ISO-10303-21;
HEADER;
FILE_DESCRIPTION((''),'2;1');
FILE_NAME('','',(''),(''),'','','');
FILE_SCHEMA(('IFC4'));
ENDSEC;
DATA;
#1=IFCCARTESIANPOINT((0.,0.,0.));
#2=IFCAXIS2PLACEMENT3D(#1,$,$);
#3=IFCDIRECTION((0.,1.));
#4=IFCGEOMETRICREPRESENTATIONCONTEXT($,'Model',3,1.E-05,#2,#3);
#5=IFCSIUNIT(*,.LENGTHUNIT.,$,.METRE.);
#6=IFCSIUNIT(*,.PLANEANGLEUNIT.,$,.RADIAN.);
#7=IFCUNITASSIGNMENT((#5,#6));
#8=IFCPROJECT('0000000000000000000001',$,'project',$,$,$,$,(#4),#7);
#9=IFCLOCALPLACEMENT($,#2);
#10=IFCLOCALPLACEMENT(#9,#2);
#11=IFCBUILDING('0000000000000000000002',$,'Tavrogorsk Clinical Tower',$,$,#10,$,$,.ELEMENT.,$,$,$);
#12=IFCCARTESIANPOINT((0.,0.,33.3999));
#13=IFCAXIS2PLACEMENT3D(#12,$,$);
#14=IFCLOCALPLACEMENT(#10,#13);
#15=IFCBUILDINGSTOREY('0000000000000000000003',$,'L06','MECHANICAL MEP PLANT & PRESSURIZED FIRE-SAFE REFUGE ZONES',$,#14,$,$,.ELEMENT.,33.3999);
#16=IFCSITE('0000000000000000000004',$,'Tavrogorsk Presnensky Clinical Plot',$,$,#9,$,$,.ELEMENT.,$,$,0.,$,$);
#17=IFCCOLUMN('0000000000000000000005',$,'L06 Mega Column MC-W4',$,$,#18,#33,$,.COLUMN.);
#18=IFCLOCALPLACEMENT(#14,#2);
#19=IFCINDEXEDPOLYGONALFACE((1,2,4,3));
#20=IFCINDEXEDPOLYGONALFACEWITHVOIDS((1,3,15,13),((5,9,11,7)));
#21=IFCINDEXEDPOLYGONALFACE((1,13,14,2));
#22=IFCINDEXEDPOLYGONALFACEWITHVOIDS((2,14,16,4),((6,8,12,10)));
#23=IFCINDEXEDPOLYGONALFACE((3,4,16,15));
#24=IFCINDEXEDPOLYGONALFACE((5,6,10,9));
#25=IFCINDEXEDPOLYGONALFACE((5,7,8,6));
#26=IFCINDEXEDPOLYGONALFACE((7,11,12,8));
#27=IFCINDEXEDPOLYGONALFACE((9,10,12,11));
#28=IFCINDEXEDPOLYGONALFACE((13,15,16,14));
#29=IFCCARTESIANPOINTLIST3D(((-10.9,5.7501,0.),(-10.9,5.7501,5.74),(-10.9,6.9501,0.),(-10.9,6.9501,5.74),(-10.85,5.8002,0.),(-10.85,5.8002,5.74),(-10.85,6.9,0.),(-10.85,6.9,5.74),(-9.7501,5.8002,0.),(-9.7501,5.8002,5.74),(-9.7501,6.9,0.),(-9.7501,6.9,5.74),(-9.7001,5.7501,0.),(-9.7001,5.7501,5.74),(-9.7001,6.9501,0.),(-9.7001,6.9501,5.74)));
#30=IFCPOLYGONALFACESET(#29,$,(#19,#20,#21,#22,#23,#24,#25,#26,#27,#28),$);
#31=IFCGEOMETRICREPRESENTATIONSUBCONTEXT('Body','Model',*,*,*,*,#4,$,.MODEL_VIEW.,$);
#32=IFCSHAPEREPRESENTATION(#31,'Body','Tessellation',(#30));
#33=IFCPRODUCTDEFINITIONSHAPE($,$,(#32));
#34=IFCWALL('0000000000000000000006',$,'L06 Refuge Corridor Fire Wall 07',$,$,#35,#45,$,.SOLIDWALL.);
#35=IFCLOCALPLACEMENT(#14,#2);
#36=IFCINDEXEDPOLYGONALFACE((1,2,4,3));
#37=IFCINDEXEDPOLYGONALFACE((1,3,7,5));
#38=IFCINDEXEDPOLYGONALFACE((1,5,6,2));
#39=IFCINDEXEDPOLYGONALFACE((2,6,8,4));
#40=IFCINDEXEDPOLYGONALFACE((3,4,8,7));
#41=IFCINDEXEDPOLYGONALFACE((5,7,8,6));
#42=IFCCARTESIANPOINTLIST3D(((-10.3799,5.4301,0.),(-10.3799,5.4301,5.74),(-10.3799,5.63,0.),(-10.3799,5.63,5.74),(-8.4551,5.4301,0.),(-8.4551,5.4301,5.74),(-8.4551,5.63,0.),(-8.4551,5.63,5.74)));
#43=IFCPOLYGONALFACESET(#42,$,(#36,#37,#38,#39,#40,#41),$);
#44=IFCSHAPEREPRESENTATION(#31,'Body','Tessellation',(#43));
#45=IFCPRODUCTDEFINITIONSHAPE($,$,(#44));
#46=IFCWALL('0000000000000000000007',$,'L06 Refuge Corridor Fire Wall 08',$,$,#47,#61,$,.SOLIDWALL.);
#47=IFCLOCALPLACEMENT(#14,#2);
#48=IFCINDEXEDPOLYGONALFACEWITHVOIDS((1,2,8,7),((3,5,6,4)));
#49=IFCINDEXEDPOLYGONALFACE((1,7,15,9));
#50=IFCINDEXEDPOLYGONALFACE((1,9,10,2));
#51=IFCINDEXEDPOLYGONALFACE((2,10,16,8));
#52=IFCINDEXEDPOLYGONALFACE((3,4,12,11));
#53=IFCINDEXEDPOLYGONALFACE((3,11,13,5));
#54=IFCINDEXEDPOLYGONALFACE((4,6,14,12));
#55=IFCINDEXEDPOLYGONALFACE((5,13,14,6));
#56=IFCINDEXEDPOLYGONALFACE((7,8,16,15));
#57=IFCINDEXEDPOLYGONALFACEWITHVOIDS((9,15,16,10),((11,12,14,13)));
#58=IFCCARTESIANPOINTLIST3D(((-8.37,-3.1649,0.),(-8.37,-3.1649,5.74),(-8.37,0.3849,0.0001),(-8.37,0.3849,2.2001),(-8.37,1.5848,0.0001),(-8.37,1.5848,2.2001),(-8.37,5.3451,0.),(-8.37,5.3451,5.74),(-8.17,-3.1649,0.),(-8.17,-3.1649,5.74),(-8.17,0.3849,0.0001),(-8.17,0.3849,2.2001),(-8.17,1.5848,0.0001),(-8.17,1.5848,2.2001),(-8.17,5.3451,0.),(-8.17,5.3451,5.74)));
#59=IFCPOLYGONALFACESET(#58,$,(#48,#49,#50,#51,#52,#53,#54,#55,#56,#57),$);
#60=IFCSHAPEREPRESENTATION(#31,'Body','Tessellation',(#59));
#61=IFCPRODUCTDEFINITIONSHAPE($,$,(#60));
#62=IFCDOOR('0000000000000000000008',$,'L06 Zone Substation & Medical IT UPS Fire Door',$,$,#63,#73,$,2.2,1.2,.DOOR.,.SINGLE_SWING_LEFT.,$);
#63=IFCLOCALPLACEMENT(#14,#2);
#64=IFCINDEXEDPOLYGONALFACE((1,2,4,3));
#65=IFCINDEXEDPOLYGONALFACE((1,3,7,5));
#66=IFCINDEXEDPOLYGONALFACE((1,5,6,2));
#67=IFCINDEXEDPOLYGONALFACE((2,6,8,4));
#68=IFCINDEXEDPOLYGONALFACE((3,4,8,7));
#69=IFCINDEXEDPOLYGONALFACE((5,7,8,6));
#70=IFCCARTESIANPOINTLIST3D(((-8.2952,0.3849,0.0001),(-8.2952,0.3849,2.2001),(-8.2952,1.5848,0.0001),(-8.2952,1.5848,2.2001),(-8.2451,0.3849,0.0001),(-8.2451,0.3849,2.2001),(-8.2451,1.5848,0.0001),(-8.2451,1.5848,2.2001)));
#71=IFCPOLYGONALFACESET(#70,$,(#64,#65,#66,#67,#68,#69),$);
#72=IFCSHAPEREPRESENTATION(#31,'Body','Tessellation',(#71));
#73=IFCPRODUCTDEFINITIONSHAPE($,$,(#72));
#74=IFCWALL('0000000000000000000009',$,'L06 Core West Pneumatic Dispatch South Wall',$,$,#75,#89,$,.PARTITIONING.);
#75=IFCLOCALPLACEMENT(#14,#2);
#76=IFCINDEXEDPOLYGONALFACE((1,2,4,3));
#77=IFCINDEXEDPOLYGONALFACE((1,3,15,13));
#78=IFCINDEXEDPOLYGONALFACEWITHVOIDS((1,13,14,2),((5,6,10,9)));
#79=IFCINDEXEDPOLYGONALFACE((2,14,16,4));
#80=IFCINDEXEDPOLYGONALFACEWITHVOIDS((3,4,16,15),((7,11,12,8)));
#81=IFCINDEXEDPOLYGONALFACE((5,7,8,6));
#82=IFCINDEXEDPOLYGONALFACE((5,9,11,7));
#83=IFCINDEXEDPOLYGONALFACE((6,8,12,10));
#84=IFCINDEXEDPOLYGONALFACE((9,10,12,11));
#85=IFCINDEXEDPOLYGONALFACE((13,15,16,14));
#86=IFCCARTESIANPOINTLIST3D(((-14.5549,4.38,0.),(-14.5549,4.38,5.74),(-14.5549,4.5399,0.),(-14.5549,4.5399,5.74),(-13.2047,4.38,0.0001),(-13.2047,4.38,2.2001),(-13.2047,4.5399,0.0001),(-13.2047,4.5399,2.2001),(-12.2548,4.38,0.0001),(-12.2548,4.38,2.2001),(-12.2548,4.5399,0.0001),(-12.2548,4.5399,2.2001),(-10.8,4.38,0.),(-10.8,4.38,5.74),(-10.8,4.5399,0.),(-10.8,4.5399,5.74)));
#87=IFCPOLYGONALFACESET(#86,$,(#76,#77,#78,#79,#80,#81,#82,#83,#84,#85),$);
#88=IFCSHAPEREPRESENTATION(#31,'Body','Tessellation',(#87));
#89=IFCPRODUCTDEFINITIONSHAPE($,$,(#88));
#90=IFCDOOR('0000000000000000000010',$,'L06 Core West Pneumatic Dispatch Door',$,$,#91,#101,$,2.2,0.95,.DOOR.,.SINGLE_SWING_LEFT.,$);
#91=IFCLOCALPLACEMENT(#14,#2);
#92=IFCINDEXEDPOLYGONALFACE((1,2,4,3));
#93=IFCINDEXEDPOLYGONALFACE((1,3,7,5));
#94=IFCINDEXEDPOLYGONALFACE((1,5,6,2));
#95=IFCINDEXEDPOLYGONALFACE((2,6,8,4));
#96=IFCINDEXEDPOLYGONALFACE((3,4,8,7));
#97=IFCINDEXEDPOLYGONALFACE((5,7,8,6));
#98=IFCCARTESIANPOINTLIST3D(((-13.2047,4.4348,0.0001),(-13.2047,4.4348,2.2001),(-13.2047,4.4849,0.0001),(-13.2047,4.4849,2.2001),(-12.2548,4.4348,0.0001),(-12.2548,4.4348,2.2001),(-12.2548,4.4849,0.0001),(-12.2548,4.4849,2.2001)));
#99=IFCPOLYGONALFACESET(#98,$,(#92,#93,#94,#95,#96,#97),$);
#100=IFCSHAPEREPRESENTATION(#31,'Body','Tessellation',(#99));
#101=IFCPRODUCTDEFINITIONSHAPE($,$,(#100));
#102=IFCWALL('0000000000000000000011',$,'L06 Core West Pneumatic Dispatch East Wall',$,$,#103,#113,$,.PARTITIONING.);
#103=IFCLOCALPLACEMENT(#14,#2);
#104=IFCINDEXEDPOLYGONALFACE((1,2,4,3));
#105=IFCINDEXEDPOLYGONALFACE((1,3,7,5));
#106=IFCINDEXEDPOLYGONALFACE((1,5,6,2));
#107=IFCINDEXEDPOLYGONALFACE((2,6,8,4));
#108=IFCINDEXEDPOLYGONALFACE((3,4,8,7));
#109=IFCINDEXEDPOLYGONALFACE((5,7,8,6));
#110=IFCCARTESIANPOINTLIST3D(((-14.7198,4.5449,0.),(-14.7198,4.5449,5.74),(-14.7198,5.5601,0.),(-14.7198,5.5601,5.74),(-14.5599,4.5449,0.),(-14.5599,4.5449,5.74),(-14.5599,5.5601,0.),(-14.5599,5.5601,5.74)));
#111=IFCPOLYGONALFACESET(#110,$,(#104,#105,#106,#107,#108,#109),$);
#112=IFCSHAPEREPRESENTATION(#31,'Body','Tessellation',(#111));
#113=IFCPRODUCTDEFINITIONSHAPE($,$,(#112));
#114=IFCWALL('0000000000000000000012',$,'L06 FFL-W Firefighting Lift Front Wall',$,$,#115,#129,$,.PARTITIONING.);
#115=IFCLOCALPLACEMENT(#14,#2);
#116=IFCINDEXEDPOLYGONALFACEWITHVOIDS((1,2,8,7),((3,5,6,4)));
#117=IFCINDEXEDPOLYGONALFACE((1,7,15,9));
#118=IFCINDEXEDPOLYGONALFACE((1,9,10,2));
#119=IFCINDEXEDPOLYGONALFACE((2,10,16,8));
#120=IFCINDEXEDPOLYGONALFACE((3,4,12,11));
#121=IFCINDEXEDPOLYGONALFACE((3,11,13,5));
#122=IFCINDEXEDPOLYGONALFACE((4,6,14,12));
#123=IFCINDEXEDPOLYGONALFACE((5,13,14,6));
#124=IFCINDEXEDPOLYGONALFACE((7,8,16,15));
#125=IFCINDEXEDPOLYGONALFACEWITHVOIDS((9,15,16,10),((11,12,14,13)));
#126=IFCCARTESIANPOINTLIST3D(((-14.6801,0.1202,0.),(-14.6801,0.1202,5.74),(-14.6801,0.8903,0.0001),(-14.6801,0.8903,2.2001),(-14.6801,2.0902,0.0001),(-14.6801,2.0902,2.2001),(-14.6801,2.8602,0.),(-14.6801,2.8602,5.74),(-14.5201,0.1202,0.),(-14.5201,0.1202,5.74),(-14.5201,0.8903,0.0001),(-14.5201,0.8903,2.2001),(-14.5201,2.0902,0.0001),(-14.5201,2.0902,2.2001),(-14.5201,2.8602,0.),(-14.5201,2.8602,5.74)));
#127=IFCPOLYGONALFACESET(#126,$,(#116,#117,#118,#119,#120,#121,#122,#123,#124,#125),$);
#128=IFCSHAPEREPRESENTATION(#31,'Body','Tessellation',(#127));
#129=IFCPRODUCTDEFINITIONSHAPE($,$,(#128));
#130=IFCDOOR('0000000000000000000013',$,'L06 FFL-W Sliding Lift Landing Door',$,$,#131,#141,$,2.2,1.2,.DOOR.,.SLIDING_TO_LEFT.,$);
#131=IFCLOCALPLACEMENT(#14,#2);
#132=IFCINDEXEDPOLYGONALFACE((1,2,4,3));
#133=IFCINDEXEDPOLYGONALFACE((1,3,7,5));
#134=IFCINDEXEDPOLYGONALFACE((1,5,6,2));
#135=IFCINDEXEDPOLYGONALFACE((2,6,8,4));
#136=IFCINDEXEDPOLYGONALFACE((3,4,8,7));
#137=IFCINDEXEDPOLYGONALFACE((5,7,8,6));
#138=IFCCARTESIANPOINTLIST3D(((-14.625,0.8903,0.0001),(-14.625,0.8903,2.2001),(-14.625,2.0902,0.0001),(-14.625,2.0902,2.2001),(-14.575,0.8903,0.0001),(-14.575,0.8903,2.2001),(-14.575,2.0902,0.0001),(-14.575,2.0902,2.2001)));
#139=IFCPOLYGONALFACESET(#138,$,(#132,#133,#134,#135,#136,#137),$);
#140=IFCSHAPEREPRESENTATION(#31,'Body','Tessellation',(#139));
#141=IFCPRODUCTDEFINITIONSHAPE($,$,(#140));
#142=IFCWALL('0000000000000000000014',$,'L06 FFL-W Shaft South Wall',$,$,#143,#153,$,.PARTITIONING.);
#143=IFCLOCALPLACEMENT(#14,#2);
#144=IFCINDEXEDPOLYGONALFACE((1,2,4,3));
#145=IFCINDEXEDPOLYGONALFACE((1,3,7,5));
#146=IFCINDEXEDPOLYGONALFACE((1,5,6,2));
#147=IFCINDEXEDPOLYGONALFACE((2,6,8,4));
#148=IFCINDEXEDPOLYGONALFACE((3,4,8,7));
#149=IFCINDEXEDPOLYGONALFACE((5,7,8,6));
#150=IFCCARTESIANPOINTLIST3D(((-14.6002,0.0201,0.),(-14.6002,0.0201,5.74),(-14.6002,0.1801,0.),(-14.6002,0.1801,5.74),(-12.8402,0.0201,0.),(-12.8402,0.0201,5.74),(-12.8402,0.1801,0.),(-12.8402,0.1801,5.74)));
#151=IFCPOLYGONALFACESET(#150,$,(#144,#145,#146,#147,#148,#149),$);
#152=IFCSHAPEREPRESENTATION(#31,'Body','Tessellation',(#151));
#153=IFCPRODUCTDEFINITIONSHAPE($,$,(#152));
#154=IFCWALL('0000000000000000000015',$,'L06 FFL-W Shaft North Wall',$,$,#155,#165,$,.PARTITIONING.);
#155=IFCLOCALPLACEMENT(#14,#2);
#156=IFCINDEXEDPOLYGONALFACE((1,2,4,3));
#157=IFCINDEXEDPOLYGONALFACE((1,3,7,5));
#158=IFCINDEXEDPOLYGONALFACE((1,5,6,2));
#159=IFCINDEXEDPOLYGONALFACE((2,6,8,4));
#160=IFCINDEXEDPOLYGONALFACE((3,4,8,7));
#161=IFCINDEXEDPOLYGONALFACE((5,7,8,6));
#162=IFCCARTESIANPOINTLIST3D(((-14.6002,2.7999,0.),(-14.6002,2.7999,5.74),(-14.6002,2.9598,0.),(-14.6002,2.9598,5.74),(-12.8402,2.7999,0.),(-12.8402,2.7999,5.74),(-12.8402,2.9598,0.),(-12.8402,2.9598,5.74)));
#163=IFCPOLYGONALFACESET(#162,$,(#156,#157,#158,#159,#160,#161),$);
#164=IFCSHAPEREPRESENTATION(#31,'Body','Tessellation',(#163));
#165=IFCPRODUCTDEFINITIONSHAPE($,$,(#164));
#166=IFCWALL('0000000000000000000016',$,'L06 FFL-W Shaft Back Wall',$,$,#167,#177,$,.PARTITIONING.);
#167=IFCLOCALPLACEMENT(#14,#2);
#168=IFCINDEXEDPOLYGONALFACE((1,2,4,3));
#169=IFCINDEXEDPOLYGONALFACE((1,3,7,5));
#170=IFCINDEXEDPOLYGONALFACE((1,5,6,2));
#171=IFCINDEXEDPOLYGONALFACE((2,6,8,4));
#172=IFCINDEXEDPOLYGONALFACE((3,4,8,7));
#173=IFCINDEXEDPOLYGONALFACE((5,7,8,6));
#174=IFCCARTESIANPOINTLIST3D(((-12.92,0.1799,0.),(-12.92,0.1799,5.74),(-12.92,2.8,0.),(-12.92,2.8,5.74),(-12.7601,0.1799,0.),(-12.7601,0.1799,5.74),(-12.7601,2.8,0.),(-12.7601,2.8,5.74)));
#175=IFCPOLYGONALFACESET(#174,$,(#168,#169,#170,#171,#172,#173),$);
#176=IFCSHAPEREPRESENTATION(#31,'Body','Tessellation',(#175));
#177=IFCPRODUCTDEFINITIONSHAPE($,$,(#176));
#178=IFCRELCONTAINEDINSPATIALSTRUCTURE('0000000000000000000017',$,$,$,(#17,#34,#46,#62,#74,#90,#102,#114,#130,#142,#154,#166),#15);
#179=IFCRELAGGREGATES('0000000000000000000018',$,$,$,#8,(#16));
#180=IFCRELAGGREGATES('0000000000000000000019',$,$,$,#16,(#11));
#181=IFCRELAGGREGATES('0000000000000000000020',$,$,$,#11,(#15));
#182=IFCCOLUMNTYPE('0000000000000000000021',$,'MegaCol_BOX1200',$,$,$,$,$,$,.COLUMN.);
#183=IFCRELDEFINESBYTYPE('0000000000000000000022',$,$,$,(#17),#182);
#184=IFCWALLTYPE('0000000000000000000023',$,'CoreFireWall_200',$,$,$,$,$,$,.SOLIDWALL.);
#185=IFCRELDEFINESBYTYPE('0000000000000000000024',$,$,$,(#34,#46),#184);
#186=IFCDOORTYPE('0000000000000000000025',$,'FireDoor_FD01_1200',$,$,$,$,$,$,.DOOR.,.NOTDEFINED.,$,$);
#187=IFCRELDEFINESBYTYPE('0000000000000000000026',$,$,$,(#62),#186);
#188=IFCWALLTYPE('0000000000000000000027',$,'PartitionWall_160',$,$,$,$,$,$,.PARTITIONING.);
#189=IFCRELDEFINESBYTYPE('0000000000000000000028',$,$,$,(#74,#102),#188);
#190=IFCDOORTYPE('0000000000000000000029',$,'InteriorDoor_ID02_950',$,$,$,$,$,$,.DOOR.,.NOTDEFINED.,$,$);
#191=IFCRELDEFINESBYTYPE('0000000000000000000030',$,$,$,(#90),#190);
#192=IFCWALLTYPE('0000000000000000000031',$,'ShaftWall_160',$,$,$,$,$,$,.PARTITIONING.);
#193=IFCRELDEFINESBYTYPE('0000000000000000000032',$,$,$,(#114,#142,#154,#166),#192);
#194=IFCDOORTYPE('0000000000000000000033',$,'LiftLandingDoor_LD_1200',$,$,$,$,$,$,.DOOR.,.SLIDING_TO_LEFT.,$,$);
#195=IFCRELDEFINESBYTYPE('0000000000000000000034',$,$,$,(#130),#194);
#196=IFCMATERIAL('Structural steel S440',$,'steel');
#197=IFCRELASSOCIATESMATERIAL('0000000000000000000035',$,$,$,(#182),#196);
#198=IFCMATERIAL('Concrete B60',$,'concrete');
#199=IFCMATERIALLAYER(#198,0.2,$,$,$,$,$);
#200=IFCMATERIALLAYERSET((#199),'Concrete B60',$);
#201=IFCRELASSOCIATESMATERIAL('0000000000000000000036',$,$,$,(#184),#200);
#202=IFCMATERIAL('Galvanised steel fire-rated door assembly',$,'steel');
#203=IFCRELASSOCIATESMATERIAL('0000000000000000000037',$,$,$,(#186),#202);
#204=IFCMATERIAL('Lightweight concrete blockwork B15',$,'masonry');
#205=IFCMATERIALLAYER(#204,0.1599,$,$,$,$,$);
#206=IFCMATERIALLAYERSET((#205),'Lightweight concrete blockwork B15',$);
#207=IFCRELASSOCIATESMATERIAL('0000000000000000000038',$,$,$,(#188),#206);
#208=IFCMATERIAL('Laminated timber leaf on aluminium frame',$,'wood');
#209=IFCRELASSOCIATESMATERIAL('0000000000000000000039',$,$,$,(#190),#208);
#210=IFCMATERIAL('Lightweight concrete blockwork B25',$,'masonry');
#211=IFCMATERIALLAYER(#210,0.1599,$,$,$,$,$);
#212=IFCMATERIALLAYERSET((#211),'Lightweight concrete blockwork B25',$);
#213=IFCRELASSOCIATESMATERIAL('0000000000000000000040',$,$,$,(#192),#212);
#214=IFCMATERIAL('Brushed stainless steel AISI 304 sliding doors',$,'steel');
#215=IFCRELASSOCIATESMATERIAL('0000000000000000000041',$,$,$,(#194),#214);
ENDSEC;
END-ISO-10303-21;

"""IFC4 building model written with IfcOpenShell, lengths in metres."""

from ifc_helpers import new_model, si_unit, direction, frame, frame_2d, origin, origin_2d, place, context, subcontext, project, spatial, rectangle, hollow_rectangle, extrude, material, layer, layer_set, material_profile, profile_set, type_object, element, fill, save


model = new_model("IFC4")

# Units and contexts
model_context = context("Model", 3, precision=1e-05, world=origin(), true_north=direction((0.0, 1.0)))
body_context = subcontext(model_context, "Body", "Model", "MODEL_VIEW")
ifc_project = project(units=[si_unit("LENGTHUNIT", "METRE"), si_unit("PLANEANGLEUNIT", "RADIAN")], contexts=[model_context])

# Site, building, storey
site_placement = place(None, origin())
site = spatial("IfcSite", under=ifc_project, at=site_placement, Name="Tavrogorsk Presnensky Clinical Plot", CompositionType="ELEMENT", RefElevation=0.0)
building_placement = place(site_placement, origin())
building = spatial("IfcBuilding", under=site, at=building_placement, Name="Tavrogorsk Clinical Tower", CompositionType="ELEMENT")
storey_placement = place(building_placement, frame((0.0, 0.0, 33.3999)))
storey = spatial("IfcBuildingStorey", under=building, at=storey_placement, Name="L06", Description="MECHANICAL MEP PLANT & PRESSURIZED FIRE-SAFE REFUGE ZONES", CompositionType="ELEMENT", Elevation=33.3999)

# Column
ifc_material_1 = material(Name="Structural steel S440", Category="steel")
ifc_material_profile = material_profile(ifc_material_1, hollow_rectangle(XDim=1.2, YDim=1.2, WallThickness=0.05, at=origin_2d()), Name="BOX-1200x1200x50")
ifc_profile_set = profile_set([ifc_material_profile], Name="Structural steel S440")
column_type = type_object("IfcColumnType", Name="MegaCol_BOX1200", PredefinedType="COLUMN", material=ifc_profile_set)
column_placement = place(storey_placement, frame((-10.3, 6.3501, 0.0), z_axis=(0.0, 0.0, 1.0), x_axis=(1.0, 0.0, 0.0)))
element("IfcColumn", 1, at=column_placement, inside=storey, type_object=column_type, Name="L06 Mega Column MC-W4", PredefinedType="COLUMN", context=body_context, shape_type="SweptSolid", body=[
    extrude(hollow_rectangle(XDim=1.2, YDim=1.2, WallThickness=0.05, at=origin_2d()), origin(), (0.0, 0.0, 1.0), 5.74),
])

# Wall
ifc_material_2 = material(Name="Concrete B60", Category="concrete")
ifc_layer_1 = layer(ifc_material_2, 0.2)
ifc_layer_set_1 = layer_set([ifc_layer_1], Name="Concrete B60")
wall_type_1 = type_object("IfcWallType", Name="CoreFireWall_200", PredefinedType="SOLIDWALL", material=ifc_layer_set_1)
wall_1_placement = place(storey_placement, frame((-10.3799, 5.53, 0.0), z_axis=(0.0, 0.0, 1.0), x_axis=(1.0, 0.0, 0.0)))
element("IfcWall", 2, at=wall_1_placement, inside=storey, type_object=wall_type_1, Name="L06 Refuge Corridor Fire Wall 07", PredefinedType="SOLIDWALL", context=body_context, shape_type="SweptSolid", body=[
    extrude(rectangle(XDim=1.9248, YDim=0.2, at=frame_2d((0.9624, 0.0))), origin(), (0.0, 0.0, 1.0), 5.74),
])

# Walls, openings, doors
wall_2_placement = place(storey_placement, frame((-8.27, 5.345, 0.0), z_axis=(0.0, 0.0, 1.0), x_axis=(0.0, -1.0, 0.0)))
wall_2 = element("IfcWall", 3, at=wall_2_placement, inside=storey, type_object=wall_type_1, Name="L06 Refuge Corridor Fire Wall 08", PredefinedType="SOLIDWALL", context=body_context, shape_type="SweptSolid", body=[
    extrude(rectangle(XDim=8.51, YDim=0.2, at=frame_2d((4.2549, 0.0))), origin(), (0.0, 0.0, 1.0), 5.74),
])
opening_1_placement = place(wall_2_placement, frame((3.76, 0.0, 0.0)))
opening_1 = element("IfcOpeningElement", 4, at=opening_1_placement, cuts=wall_2, PredefinedType="OPENING", context=body_context, shape_type="SweptSolid", body=[
    extrude(rectangle(XDim=1.2, YDim=2.2, at=frame_2d((0.6001, 1.1001))), frame((0.0, 0.1099, 0.0), z_axis=(0.0, -1.0, 0.0), x_axis=(1.0, 0.0, 0.0)), (0.0, 0.0, 1.0), 0.22),
])
ifc_material_3 = material(Name="Galvanised steel fire-rated door assembly", Category="steel")
door_type_1 = type_object("IfcDoorType", Name="FireDoor_FD01_1200", OperationType="NOTDEFINED", PredefinedType="DOOR", material=ifc_material_3)
door_1_placement = place(opening_1_placement, origin())
door_1 = element("IfcDoor", 5, at=door_1_placement, inside=storey, type_object=door_type_1, Name="L06 Zone Substation & Medical IT UPS Fire Door", OperationType="SINGLE_SWING_LEFT", OverallHeight=2.2, OverallWidth=1.2, PredefinedType="DOOR", context=body_context, shape_type="SweptSolid", body=[
    extrude(rectangle(XDim=1.2, YDim=2.2, at=frame_2d((0.6001, 1.1001))), frame((0.0, 0.0249, 0.0), z_axis=(0.0, -1.0, 0.0), x_axis=(1.0, 0.0, 0.0)), (0.0, 0.0, 1.0), 0.05),
])
fill(opening_1, door_1)
ifc_material_4 = material(Name="Lightweight concrete blockwork B15", Category="masonry")
ifc_layer_2 = layer(ifc_material_4, 0.1599)
ifc_layer_set_2 = layer_set([ifc_layer_2], Name="Lightweight concrete blockwork B15")
wall_type_2 = type_object("IfcWallType", Name="PartitionWall_160", PredefinedType="PARTITIONING", material=ifc_layer_set_2)
wall_3_placement = place(storey_placement, frame((-14.5549, 4.46, 0.0), z_axis=(0.0, 0.0, 1.0), x_axis=(1.0, 0.0, 0.0)))
wall_3 = element("IfcWall", 6, at=wall_3_placement, inside=storey, type_object=wall_type_2, Name="L06 Core West Pneumatic Dispatch South Wall", PredefinedType="PARTITIONING", context=body_context, shape_type="SweptSolid", body=[
    extrude(rectangle(XDim=3.7549, YDim=0.1599, at=frame_2d((1.8774, 0.0))), origin(), (0.0, 0.0, 1.0), 5.74),
])
opening_2_placement = place(wall_3_placement, frame((1.3501, 0.0, 0.0)))
opening_2 = element("IfcOpeningElement", 7, at=opening_2_placement, cuts=wall_3, PredefinedType="OPENING", context=body_context, shape_type="SweptSolid", body=[
    extrude(rectangle(XDim=0.95, YDim=2.2, at=frame_2d((0.4751, 1.1001))), frame((0.0, 0.0898, 0.0), z_axis=(0.0, -1.0, 0.0), x_axis=(1.0, 0.0, 0.0)), (0.0, 0.0, 1.0), 0.1799),
])
ifc_material_5 = material(Name="Laminated timber leaf on aluminium frame", Category="wood")
door_type_2 = type_object("IfcDoorType", Name="InteriorDoor_ID02_950", OperationType="NOTDEFINED", PredefinedType="DOOR", material=ifc_material_5)
door_2_placement = place(opening_2_placement, origin())
door_2 = element("IfcDoor", 8, at=door_2_placement, inside=storey, type_object=door_type_2, Name="L06 Core West Pneumatic Dispatch Door", OperationType="SINGLE_SWING_LEFT", OverallHeight=2.2, OverallWidth=0.95, PredefinedType="DOOR", context=body_context, shape_type="SweptSolid", body=[
    extrude(rectangle(XDim=0.95, YDim=2.2, at=frame_2d((0.4751, 1.1001))), frame((0.0, 0.0249, 0.0), z_axis=(0.0, -1.0, 0.0), x_axis=(1.0, 0.0, 0.0)), (0.0, 0.0, 1.0), 0.05),
])
fill(opening_2, door_2)

# Wall
wall_4_placement = place(storey_placement, frame((-14.6399, 4.5449, 0.0), z_axis=(0.0, 0.0, 1.0), x_axis=(0.0, 1.0, 0.0)))
element("IfcWall", 9, at=wall_4_placement, inside=storey, type_object=wall_type_2, Name="L06 Core West Pneumatic Dispatch East Wall", PredefinedType="PARTITIONING", context=body_context, shape_type="SweptSolid", body=[
    extrude(rectangle(XDim=1.0151, YDim=0.1599, at=frame_2d((0.5076, 0.0))), origin(), (0.0, 0.0, 1.0), 5.74),
])

# Wall, opening, door
ifc_material_6 = material(Name="Lightweight concrete blockwork B25", Category="masonry")
ifc_layer_3 = layer(ifc_material_6, 0.1599)
ifc_layer_set_3 = layer_set([ifc_layer_3], Name="Lightweight concrete blockwork B25")
wall_type_3 = type_object("IfcWallType", Name="ShaftWall_160", PredefinedType="PARTITIONING", material=ifc_layer_set_3)
wall_5_placement = place(storey_placement, frame((-14.6001, 0.1201, 0.0), z_axis=(0.0, 0.0, 1.0), x_axis=(0.0, 1.0, 0.0)))
wall_5 = element("IfcWall", 10, at=wall_5_placement, inside=storey, type_object=wall_type_3, Name="L06 FFL-W Firefighting Lift Front Wall", PredefinedType="PARTITIONING", context=body_context, shape_type="SweptSolid", body=[
    extrude(rectangle(XDim=2.74, YDim=0.1599, at=frame_2d((1.3701, 0.0))), origin(), (0.0, 0.0, 1.0), 5.74),
])
opening_3_placement = place(wall_5_placement, frame((0.77, 0.0, 0.0)))
opening_3 = element("IfcOpeningElement", 11, at=opening_3_placement, cuts=wall_5, PredefinedType="OPENING", context=body_context, shape_type="SweptSolid", body=[
    extrude(rectangle(XDim=1.2, YDim=2.2, at=frame_2d((0.6001, 1.1001))), frame((0.0, 0.0898, 0.0), z_axis=(0.0, -1.0, 0.0), x_axis=(1.0, 0.0, 0.0)), (0.0, 0.0, 1.0), 0.1799),
])
ifc_material_7 = material(Name="Brushed stainless steel AISI 304 sliding doors", Category="steel")
door_type_3 = type_object("IfcDoorType", Name="LiftLandingDoor_LD_1200", OperationType="SLIDING_TO_LEFT", PredefinedType="DOOR", material=ifc_material_7)
door_3_placement = place(opening_3_placement, origin())
door_3 = element("IfcDoor", 12, at=door_3_placement, inside=storey, type_object=door_type_3, Name="L06 FFL-W Sliding Lift Landing Door", OperationType="SLIDING_TO_LEFT", OverallHeight=2.2, OverallWidth=1.2, PredefinedType="DOOR", context=body_context, shape_type="SweptSolid", body=[
    extrude(rectangle(XDim=1.2, YDim=2.2, at=frame_2d((0.6001, 1.1001))), frame((0.0, 0.0249, 0.0), z_axis=(0.0, -1.0, 0.0), x_axis=(1.0, 0.0, 0.0)), (0.0, 0.0, 1.0), 0.05),
])
fill(opening_3, door_3)

# Walls
for number, where, z_axis, x_axis, name in (
    (13, (-14.6001, 0.1001, 0.0), (0.0, 0.0, 1.0), (1.0, 0.0, 0.0), "L06 FFL-W Shaft South Wall"),
    (14, (-14.6001, 2.8799, 0.0), (0.0, 0.0, 1.0), (1.0, 0.0, 0.0), "L06 FFL-W Shaft North Wall"),
):
    element("IfcWall", number, at=place(storey_placement, frame(where, z_axis=z_axis, x_axis=x_axis)), inside=storey, type_object=wall_type_3, Name=name, PredefinedType="PARTITIONING", context=body_context, shape_type="SweptSolid", body=[
        extrude(rectangle(XDim=1.76, YDim=0.1599, at=frame_2d((0.8799, 0.0))), origin(), (0.0, 0.0, 1.0), 5.74),
    ])
wall_6_placement = place(storey_placement, frame((-12.8401, 0.1799, 0.0), z_axis=(0.0, 0.0, 1.0), x_axis=(0.0, 1.0, 0.0)))
element("IfcWall", 15, at=wall_6_placement, inside=storey, type_object=wall_type_3, Name="L06 FFL-W Shaft Back Wall", PredefinedType="PARTITIONING", context=body_context, shape_type="SweptSolid", body=[
    extrude(rectangle(XDim=2.6201, YDim=0.1599, at=frame_2d((1.3101, 0.0))), origin(), (0.0, 0.0, 1.0), 5.74),
])

save(model, "model.ifc")
